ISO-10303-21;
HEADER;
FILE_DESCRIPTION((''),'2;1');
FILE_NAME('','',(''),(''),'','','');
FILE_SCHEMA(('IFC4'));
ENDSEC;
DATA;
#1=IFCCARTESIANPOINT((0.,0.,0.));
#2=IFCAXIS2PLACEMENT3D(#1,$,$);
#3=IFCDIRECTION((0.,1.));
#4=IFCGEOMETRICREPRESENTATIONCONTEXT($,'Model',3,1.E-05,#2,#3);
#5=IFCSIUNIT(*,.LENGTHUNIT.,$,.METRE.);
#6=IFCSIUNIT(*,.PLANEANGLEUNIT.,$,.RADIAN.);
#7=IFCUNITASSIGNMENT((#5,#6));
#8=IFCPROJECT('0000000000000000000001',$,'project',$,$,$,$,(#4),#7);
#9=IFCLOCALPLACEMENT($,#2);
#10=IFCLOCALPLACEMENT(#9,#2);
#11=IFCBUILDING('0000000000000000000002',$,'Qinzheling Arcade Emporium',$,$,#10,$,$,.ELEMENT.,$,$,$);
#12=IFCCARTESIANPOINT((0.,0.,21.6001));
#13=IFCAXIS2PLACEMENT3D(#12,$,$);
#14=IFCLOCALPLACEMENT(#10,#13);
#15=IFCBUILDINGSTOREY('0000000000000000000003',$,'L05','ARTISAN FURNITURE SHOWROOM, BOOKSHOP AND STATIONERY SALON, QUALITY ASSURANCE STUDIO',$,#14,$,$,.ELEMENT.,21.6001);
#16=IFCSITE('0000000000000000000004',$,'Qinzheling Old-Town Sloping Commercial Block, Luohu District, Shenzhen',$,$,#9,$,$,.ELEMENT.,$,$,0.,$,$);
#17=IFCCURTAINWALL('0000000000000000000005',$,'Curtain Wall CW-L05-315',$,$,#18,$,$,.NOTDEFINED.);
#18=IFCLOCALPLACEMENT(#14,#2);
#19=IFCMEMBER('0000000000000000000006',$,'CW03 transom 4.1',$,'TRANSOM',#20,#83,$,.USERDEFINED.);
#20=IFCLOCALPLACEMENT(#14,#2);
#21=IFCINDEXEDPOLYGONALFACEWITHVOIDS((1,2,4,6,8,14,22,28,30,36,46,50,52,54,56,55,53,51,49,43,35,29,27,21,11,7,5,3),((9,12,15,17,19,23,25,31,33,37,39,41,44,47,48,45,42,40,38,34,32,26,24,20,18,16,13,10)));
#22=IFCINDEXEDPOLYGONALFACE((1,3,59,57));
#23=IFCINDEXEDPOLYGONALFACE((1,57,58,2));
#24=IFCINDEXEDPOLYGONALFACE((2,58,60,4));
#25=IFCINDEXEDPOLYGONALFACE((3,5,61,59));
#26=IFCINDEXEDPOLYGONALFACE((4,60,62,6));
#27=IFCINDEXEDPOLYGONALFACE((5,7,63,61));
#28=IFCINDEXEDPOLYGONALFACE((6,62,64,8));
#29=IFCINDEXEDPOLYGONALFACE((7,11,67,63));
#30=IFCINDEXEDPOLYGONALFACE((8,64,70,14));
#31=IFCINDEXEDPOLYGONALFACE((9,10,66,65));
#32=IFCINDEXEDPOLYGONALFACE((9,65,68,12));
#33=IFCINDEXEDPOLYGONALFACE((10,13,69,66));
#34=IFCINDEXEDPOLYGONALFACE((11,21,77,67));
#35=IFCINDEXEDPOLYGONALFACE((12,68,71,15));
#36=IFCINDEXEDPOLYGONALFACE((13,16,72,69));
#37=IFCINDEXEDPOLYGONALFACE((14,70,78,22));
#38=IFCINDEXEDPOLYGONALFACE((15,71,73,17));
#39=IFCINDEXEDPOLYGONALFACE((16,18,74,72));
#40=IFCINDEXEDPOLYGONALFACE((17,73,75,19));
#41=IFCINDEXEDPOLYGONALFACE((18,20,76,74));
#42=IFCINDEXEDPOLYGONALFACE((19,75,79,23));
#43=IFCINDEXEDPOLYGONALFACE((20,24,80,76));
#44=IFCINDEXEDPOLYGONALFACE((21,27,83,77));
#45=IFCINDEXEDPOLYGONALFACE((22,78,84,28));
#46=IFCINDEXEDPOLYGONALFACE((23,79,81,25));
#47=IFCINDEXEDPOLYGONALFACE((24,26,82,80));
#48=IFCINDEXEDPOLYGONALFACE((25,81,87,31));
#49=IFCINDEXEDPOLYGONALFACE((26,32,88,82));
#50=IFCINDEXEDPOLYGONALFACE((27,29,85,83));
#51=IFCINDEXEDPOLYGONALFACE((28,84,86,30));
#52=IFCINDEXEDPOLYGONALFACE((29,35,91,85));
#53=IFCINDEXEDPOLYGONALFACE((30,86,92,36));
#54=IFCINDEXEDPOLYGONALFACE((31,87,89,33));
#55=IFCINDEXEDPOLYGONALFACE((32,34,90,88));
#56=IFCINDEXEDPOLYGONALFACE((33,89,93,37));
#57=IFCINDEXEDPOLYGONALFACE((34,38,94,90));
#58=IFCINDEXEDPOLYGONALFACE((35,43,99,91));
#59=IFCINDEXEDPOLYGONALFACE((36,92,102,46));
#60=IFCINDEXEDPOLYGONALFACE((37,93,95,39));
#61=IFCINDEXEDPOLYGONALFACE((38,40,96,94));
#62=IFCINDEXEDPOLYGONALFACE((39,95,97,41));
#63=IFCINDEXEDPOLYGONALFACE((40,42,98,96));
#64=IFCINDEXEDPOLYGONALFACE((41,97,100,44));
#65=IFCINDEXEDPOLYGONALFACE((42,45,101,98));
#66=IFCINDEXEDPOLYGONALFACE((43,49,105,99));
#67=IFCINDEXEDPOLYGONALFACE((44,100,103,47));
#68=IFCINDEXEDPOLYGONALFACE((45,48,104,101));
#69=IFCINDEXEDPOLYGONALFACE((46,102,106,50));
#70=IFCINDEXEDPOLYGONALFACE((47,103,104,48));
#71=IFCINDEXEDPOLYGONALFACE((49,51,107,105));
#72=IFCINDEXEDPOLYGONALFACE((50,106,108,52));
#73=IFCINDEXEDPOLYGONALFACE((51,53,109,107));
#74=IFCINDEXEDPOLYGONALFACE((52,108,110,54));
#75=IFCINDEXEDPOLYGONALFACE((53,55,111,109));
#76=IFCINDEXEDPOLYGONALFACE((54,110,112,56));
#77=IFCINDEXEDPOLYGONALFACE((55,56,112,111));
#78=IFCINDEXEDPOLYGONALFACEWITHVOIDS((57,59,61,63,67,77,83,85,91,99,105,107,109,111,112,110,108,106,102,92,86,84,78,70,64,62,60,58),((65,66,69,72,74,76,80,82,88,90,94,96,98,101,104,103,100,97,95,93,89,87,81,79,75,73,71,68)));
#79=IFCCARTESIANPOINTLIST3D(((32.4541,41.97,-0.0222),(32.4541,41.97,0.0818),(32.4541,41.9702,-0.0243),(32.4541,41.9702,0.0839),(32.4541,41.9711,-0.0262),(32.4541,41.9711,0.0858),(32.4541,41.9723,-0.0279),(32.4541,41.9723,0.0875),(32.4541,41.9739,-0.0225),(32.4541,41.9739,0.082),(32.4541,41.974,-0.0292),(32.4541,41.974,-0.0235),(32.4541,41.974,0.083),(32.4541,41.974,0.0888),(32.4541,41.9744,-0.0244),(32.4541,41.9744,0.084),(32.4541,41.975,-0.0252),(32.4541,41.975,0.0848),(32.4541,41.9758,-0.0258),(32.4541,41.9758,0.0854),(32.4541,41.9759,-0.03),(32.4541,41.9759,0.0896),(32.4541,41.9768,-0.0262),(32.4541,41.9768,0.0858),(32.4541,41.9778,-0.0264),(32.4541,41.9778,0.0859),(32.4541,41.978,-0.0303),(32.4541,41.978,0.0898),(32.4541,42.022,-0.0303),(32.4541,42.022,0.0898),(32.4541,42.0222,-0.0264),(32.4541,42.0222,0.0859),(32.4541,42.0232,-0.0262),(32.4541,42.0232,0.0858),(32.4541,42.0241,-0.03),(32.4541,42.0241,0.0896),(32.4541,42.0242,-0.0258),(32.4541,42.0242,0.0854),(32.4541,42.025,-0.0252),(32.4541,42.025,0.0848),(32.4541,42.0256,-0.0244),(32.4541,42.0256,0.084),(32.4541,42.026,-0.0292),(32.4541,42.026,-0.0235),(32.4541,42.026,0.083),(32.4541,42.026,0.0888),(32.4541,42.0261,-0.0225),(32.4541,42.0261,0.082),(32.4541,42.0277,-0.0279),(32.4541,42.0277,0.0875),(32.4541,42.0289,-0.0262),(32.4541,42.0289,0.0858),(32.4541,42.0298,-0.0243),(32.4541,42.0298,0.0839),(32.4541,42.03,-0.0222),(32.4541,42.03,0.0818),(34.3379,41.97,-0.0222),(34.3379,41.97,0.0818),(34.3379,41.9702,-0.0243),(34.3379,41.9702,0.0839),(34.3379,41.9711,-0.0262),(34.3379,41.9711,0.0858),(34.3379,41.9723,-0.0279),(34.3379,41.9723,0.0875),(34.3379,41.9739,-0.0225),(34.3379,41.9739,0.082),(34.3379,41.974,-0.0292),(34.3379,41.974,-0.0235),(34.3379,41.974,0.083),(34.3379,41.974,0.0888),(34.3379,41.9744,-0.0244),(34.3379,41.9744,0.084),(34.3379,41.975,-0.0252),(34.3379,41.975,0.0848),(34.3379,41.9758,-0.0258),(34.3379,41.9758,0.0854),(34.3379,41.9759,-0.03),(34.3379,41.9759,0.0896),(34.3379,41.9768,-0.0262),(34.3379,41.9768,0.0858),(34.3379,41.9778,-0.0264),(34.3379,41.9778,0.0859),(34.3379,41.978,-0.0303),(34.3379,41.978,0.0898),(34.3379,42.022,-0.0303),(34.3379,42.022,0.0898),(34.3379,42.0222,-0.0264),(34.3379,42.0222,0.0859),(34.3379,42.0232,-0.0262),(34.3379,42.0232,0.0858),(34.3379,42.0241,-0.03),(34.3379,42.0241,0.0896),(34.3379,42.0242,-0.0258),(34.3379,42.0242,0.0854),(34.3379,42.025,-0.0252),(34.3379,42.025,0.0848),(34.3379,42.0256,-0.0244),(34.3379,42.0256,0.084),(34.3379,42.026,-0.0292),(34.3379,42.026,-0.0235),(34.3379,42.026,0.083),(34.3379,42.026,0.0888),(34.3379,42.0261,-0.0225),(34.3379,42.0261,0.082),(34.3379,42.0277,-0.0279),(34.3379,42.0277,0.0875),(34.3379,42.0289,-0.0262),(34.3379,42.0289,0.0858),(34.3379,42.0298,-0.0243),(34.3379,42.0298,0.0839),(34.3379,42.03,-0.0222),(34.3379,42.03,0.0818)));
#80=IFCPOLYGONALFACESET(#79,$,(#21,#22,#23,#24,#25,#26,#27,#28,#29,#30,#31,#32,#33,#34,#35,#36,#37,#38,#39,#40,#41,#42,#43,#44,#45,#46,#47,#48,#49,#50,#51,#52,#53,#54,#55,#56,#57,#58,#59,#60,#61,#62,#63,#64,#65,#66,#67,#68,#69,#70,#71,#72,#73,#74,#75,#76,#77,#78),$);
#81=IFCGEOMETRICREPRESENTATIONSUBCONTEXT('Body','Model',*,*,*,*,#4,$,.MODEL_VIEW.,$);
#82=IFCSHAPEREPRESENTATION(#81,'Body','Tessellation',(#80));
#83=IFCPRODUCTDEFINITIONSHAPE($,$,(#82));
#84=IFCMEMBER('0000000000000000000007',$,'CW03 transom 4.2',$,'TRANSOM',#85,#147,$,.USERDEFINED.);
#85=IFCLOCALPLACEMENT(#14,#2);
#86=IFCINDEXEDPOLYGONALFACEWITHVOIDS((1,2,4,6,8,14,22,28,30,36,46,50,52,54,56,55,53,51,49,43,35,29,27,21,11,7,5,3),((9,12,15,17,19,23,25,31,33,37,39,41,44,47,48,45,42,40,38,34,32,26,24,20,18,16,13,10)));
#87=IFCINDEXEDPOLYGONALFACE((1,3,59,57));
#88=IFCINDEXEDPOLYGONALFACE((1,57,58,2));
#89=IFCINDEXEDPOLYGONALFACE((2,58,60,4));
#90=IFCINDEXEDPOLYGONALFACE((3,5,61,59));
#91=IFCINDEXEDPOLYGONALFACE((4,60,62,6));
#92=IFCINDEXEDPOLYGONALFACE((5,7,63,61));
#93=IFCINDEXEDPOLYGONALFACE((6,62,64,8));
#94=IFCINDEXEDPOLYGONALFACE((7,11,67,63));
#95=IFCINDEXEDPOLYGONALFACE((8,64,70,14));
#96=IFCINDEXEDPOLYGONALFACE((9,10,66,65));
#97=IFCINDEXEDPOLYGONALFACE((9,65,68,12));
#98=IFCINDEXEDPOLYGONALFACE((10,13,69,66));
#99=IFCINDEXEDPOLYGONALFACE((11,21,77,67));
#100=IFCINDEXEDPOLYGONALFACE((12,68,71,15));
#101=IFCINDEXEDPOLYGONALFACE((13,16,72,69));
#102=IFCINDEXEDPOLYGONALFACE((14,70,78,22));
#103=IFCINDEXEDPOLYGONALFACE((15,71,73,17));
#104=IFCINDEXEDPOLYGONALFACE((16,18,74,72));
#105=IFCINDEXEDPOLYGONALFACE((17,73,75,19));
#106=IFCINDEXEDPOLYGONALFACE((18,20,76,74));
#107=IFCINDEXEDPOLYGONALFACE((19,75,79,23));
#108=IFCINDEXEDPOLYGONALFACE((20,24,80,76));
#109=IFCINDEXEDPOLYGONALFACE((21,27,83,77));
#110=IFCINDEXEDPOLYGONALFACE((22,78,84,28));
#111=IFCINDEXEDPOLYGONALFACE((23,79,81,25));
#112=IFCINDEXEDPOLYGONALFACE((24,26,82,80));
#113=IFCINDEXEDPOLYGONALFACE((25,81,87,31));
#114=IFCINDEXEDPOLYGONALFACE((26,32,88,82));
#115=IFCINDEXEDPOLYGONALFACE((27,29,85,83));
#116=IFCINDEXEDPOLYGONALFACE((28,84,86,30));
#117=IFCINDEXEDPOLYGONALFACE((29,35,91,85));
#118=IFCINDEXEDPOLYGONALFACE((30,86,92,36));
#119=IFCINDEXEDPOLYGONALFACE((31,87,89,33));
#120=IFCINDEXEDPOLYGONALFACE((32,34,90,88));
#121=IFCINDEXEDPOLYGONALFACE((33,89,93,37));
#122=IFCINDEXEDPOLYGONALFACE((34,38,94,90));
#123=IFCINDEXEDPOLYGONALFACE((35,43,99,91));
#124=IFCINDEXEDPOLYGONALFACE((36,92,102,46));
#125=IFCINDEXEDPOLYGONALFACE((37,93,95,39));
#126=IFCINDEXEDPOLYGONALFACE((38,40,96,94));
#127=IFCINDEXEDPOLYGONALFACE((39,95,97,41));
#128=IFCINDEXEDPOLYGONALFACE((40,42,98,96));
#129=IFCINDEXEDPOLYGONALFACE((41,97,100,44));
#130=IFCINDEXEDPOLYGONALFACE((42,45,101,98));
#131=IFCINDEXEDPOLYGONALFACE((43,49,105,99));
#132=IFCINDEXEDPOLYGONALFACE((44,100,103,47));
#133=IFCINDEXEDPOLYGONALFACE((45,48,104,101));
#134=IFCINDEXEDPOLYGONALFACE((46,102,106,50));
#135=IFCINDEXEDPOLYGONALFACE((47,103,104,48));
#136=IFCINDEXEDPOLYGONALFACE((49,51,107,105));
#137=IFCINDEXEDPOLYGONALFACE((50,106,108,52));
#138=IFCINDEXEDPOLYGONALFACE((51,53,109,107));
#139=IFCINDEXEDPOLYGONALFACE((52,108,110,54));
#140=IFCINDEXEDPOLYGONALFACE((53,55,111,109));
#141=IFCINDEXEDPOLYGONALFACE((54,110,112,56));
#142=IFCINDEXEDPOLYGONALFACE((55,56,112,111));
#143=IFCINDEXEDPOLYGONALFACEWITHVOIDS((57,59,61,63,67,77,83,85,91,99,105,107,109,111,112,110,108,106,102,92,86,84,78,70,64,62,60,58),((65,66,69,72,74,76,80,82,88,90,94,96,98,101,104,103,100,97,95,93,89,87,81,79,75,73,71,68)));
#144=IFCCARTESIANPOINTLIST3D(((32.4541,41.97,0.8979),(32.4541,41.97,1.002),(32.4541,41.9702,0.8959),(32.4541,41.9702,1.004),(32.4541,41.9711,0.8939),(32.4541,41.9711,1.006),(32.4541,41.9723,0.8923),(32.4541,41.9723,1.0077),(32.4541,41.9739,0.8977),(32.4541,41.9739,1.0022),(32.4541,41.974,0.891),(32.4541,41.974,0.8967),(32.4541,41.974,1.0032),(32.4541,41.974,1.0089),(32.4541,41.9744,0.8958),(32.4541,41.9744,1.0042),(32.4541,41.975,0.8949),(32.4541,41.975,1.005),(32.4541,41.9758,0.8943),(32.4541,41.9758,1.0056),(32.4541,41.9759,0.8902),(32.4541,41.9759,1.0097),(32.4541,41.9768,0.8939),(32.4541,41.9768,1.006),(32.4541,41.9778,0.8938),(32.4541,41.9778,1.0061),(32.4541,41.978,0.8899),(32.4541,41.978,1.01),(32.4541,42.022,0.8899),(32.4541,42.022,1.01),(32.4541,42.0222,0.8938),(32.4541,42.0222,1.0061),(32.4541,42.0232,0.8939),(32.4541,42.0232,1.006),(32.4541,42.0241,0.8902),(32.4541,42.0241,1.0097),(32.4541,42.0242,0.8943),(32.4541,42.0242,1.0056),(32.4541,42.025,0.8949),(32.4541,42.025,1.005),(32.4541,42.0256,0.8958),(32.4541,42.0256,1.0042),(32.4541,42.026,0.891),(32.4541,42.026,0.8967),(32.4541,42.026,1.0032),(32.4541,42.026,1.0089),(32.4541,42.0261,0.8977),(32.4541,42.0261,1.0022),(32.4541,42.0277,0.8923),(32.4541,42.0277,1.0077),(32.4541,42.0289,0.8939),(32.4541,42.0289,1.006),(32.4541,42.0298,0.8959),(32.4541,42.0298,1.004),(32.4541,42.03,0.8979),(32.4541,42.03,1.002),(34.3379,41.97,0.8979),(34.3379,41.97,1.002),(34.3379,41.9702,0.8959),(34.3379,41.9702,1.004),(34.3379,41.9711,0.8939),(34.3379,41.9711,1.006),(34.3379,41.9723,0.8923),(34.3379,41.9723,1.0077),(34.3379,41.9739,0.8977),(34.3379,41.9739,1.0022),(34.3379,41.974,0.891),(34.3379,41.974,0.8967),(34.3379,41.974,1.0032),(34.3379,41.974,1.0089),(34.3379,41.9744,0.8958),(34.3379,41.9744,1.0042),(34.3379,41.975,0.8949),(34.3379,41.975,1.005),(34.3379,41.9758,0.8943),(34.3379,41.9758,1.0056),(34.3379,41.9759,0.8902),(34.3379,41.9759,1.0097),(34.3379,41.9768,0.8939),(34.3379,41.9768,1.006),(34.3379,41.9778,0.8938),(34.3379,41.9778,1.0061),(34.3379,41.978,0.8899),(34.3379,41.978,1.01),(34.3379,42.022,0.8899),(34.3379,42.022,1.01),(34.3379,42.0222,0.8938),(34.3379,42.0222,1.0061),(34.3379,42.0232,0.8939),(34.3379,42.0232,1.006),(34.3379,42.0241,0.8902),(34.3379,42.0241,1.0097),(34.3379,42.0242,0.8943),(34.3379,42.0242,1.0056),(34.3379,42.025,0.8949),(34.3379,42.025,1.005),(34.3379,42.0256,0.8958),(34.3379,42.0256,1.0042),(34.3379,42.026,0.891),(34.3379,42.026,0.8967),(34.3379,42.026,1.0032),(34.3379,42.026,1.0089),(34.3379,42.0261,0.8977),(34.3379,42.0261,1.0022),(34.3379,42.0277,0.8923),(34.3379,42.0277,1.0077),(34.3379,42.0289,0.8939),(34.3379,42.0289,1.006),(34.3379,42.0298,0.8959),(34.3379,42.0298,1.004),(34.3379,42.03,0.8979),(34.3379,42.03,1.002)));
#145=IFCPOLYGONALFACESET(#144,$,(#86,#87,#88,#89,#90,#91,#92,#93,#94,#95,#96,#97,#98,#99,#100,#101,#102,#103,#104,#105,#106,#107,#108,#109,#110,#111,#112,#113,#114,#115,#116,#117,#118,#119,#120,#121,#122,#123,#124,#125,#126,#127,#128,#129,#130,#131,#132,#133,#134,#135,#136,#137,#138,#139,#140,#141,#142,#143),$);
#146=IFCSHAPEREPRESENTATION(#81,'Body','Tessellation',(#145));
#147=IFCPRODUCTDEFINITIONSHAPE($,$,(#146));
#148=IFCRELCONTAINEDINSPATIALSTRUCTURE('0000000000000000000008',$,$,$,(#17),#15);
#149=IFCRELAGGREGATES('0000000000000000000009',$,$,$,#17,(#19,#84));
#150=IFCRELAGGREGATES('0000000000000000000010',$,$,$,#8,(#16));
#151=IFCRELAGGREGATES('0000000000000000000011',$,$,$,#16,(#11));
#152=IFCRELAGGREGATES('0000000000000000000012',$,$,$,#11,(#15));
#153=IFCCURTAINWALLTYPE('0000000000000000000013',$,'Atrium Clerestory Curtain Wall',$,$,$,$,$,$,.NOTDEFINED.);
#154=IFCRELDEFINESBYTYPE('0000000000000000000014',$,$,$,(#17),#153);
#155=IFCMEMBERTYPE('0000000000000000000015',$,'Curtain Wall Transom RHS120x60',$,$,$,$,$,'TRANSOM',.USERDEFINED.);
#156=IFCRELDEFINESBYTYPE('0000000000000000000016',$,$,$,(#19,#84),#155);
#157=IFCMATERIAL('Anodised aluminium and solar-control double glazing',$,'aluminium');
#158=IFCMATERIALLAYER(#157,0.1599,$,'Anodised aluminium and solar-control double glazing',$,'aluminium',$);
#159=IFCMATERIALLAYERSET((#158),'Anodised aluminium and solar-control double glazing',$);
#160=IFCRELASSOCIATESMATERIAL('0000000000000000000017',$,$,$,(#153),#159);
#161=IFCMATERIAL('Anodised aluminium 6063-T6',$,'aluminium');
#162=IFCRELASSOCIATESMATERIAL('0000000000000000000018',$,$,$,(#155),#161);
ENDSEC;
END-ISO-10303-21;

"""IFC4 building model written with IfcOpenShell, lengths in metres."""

from ifc_helpers import new_model, si_unit, direction, frame, origin, origin_2d, place, context, subcontext, project, spatial, hollow_rectangle, extrude, material, layer, layer_set, material_profile, profile_set, type_object, element, aggregate, save


model = new_model("IFC4")

# Units and contexts
model_context = context("Model", 3, precision=1e-05, world=origin(), true_north=direction((0.0, 1.0)))
body_context = subcontext(model_context, "Body", "Model", "MODEL_VIEW")
ifc_project = project(units=[si_unit("LENGTHUNIT", "METRE"), si_unit("PLANEANGLEUNIT", "RADIAN")], contexts=[model_context])

# Site, building, storey
site_placement = place(None, origin())
site = spatial("IfcSite", under=ifc_project, at=site_placement, Name="Qinzheling Old-Town Sloping Commercial Block, Luohu District, Shenzhen", CompositionType="ELEMENT", RefElevation=0.0)
building_placement = place(site_placement, origin())
building = spatial("IfcBuilding", under=site, at=building_placement, Name="Qinzheling Arcade Emporium", CompositionType="ELEMENT")
storey_placement = place(building_placement, frame((0.0, 0.0, 21.6001)))
storey = spatial("IfcBuildingStorey", under=building, at=storey_placement, Name="L05", Description="ARTISAN FURNITURE SHOWROOM, BOOKSHOP AND STATIONERY SALON, QUALITY ASSURANCE STUDIO", CompositionType="ELEMENT", Elevation=21.6001)

# Curtain wall
ifc_material_1 = material(Name="Anodised aluminium and solar-control double glazing", Category="aluminium")
ifc_layer_1 = layer(ifc_material_1, 0.1599, Name="Anodised aluminium and solar-control double glazing", Category="aluminium")
ifc_layer_set_1 = layer_set([ifc_layer_1], Name="Anodised aluminium and solar-control double glazing")
curtain_wall_type = type_object("IfcCurtainWallType", Name="Atrium Clerestory Curtain Wall", PredefinedType="NOTDEFINED", material=ifc_layer_set_1)
curtain_wall_1_placement = place(storey_placement, origin())
curtain_wall_1 = element("IfcCurtainWall", 1, at=curtain_wall_1_placement, inside=storey, type_object=curtain_wall_type, Name="Curtain Wall CW-L05-315", PredefinedType="NOTDEFINED")
ifc_material_2 = material(Name="Anodised aluminium 6063-T6", Category="aluminium")

# Members
ifc_material_profile_1 = material_profile(ifc_material_2, hollow_rectangle(XDim=0.0601, YDim=0.1201, WallThickness=0.0039, InnerFilletRadius=0.0039, OuterFilletRadius=0.0081, at=origin_2d()), Name="RHS 120x60x4", Category="aluminium")
ifc_profile_set_1 = profile_set([ifc_material_profile_1], Name="Anodised aluminium 6063-T6")
member_type_1 = type_object("IfcMemberType", Name="Curtain Wall Transom RHS120x60", ElementType="TRANSOM", PredefinedType="USERDEFINED", material=ifc_profile_set_1)
member_1_placement = place(storey_placement, frame((32.4541, 42.0, 0.0298), z_axis=(1.0, 0.0, 0.0), x_axis=(0.0, 1.0, 0.0)))
member_1 = element("IfcMember", 2, at=member_1_placement, type_object=member_type_1, Name="CW03 transom 4.1", ObjectType="TRANSOM", PredefinedType="USERDEFINED", context=body_context, shape_type="SweptSolid", body=[
    extrude(hollow_rectangle(XDim=0.0601, YDim=0.1201, WallThickness=0.0039, InnerFilletRadius=0.0039, OuterFilletRadius=0.0081, at=origin_2d()), origin(), (0.0, 0.0, 1.0), 1.8838),
])
member_2_placement = place(storey_placement, frame((32.4541, 42.0, 0.95), z_axis=(1.0, 0.0, 0.0), x_axis=(0.0, 1.0, 0.0)))
member_2 = element("IfcMember", 3, at=member_2_placement, type_object=member_type_1, Name="CW03 transom 4.2", ObjectType="TRANSOM", PredefinedType="USERDEFINED", context=body_context, shape_type="SweptSolid", body=[
    extrude(hollow_rectangle(XDim=0.0601, YDim=0.1201, WallThickness=0.0039, InnerFilletRadius=0.0039, OuterFilletRadius=0.0081, at=origin_2d()), origin(), (0.0, 0.0, 1.0), 1.8838),
])

aggregate(curtain_wall_1, [member_1, member_2])

save(model, "model.ifc")
